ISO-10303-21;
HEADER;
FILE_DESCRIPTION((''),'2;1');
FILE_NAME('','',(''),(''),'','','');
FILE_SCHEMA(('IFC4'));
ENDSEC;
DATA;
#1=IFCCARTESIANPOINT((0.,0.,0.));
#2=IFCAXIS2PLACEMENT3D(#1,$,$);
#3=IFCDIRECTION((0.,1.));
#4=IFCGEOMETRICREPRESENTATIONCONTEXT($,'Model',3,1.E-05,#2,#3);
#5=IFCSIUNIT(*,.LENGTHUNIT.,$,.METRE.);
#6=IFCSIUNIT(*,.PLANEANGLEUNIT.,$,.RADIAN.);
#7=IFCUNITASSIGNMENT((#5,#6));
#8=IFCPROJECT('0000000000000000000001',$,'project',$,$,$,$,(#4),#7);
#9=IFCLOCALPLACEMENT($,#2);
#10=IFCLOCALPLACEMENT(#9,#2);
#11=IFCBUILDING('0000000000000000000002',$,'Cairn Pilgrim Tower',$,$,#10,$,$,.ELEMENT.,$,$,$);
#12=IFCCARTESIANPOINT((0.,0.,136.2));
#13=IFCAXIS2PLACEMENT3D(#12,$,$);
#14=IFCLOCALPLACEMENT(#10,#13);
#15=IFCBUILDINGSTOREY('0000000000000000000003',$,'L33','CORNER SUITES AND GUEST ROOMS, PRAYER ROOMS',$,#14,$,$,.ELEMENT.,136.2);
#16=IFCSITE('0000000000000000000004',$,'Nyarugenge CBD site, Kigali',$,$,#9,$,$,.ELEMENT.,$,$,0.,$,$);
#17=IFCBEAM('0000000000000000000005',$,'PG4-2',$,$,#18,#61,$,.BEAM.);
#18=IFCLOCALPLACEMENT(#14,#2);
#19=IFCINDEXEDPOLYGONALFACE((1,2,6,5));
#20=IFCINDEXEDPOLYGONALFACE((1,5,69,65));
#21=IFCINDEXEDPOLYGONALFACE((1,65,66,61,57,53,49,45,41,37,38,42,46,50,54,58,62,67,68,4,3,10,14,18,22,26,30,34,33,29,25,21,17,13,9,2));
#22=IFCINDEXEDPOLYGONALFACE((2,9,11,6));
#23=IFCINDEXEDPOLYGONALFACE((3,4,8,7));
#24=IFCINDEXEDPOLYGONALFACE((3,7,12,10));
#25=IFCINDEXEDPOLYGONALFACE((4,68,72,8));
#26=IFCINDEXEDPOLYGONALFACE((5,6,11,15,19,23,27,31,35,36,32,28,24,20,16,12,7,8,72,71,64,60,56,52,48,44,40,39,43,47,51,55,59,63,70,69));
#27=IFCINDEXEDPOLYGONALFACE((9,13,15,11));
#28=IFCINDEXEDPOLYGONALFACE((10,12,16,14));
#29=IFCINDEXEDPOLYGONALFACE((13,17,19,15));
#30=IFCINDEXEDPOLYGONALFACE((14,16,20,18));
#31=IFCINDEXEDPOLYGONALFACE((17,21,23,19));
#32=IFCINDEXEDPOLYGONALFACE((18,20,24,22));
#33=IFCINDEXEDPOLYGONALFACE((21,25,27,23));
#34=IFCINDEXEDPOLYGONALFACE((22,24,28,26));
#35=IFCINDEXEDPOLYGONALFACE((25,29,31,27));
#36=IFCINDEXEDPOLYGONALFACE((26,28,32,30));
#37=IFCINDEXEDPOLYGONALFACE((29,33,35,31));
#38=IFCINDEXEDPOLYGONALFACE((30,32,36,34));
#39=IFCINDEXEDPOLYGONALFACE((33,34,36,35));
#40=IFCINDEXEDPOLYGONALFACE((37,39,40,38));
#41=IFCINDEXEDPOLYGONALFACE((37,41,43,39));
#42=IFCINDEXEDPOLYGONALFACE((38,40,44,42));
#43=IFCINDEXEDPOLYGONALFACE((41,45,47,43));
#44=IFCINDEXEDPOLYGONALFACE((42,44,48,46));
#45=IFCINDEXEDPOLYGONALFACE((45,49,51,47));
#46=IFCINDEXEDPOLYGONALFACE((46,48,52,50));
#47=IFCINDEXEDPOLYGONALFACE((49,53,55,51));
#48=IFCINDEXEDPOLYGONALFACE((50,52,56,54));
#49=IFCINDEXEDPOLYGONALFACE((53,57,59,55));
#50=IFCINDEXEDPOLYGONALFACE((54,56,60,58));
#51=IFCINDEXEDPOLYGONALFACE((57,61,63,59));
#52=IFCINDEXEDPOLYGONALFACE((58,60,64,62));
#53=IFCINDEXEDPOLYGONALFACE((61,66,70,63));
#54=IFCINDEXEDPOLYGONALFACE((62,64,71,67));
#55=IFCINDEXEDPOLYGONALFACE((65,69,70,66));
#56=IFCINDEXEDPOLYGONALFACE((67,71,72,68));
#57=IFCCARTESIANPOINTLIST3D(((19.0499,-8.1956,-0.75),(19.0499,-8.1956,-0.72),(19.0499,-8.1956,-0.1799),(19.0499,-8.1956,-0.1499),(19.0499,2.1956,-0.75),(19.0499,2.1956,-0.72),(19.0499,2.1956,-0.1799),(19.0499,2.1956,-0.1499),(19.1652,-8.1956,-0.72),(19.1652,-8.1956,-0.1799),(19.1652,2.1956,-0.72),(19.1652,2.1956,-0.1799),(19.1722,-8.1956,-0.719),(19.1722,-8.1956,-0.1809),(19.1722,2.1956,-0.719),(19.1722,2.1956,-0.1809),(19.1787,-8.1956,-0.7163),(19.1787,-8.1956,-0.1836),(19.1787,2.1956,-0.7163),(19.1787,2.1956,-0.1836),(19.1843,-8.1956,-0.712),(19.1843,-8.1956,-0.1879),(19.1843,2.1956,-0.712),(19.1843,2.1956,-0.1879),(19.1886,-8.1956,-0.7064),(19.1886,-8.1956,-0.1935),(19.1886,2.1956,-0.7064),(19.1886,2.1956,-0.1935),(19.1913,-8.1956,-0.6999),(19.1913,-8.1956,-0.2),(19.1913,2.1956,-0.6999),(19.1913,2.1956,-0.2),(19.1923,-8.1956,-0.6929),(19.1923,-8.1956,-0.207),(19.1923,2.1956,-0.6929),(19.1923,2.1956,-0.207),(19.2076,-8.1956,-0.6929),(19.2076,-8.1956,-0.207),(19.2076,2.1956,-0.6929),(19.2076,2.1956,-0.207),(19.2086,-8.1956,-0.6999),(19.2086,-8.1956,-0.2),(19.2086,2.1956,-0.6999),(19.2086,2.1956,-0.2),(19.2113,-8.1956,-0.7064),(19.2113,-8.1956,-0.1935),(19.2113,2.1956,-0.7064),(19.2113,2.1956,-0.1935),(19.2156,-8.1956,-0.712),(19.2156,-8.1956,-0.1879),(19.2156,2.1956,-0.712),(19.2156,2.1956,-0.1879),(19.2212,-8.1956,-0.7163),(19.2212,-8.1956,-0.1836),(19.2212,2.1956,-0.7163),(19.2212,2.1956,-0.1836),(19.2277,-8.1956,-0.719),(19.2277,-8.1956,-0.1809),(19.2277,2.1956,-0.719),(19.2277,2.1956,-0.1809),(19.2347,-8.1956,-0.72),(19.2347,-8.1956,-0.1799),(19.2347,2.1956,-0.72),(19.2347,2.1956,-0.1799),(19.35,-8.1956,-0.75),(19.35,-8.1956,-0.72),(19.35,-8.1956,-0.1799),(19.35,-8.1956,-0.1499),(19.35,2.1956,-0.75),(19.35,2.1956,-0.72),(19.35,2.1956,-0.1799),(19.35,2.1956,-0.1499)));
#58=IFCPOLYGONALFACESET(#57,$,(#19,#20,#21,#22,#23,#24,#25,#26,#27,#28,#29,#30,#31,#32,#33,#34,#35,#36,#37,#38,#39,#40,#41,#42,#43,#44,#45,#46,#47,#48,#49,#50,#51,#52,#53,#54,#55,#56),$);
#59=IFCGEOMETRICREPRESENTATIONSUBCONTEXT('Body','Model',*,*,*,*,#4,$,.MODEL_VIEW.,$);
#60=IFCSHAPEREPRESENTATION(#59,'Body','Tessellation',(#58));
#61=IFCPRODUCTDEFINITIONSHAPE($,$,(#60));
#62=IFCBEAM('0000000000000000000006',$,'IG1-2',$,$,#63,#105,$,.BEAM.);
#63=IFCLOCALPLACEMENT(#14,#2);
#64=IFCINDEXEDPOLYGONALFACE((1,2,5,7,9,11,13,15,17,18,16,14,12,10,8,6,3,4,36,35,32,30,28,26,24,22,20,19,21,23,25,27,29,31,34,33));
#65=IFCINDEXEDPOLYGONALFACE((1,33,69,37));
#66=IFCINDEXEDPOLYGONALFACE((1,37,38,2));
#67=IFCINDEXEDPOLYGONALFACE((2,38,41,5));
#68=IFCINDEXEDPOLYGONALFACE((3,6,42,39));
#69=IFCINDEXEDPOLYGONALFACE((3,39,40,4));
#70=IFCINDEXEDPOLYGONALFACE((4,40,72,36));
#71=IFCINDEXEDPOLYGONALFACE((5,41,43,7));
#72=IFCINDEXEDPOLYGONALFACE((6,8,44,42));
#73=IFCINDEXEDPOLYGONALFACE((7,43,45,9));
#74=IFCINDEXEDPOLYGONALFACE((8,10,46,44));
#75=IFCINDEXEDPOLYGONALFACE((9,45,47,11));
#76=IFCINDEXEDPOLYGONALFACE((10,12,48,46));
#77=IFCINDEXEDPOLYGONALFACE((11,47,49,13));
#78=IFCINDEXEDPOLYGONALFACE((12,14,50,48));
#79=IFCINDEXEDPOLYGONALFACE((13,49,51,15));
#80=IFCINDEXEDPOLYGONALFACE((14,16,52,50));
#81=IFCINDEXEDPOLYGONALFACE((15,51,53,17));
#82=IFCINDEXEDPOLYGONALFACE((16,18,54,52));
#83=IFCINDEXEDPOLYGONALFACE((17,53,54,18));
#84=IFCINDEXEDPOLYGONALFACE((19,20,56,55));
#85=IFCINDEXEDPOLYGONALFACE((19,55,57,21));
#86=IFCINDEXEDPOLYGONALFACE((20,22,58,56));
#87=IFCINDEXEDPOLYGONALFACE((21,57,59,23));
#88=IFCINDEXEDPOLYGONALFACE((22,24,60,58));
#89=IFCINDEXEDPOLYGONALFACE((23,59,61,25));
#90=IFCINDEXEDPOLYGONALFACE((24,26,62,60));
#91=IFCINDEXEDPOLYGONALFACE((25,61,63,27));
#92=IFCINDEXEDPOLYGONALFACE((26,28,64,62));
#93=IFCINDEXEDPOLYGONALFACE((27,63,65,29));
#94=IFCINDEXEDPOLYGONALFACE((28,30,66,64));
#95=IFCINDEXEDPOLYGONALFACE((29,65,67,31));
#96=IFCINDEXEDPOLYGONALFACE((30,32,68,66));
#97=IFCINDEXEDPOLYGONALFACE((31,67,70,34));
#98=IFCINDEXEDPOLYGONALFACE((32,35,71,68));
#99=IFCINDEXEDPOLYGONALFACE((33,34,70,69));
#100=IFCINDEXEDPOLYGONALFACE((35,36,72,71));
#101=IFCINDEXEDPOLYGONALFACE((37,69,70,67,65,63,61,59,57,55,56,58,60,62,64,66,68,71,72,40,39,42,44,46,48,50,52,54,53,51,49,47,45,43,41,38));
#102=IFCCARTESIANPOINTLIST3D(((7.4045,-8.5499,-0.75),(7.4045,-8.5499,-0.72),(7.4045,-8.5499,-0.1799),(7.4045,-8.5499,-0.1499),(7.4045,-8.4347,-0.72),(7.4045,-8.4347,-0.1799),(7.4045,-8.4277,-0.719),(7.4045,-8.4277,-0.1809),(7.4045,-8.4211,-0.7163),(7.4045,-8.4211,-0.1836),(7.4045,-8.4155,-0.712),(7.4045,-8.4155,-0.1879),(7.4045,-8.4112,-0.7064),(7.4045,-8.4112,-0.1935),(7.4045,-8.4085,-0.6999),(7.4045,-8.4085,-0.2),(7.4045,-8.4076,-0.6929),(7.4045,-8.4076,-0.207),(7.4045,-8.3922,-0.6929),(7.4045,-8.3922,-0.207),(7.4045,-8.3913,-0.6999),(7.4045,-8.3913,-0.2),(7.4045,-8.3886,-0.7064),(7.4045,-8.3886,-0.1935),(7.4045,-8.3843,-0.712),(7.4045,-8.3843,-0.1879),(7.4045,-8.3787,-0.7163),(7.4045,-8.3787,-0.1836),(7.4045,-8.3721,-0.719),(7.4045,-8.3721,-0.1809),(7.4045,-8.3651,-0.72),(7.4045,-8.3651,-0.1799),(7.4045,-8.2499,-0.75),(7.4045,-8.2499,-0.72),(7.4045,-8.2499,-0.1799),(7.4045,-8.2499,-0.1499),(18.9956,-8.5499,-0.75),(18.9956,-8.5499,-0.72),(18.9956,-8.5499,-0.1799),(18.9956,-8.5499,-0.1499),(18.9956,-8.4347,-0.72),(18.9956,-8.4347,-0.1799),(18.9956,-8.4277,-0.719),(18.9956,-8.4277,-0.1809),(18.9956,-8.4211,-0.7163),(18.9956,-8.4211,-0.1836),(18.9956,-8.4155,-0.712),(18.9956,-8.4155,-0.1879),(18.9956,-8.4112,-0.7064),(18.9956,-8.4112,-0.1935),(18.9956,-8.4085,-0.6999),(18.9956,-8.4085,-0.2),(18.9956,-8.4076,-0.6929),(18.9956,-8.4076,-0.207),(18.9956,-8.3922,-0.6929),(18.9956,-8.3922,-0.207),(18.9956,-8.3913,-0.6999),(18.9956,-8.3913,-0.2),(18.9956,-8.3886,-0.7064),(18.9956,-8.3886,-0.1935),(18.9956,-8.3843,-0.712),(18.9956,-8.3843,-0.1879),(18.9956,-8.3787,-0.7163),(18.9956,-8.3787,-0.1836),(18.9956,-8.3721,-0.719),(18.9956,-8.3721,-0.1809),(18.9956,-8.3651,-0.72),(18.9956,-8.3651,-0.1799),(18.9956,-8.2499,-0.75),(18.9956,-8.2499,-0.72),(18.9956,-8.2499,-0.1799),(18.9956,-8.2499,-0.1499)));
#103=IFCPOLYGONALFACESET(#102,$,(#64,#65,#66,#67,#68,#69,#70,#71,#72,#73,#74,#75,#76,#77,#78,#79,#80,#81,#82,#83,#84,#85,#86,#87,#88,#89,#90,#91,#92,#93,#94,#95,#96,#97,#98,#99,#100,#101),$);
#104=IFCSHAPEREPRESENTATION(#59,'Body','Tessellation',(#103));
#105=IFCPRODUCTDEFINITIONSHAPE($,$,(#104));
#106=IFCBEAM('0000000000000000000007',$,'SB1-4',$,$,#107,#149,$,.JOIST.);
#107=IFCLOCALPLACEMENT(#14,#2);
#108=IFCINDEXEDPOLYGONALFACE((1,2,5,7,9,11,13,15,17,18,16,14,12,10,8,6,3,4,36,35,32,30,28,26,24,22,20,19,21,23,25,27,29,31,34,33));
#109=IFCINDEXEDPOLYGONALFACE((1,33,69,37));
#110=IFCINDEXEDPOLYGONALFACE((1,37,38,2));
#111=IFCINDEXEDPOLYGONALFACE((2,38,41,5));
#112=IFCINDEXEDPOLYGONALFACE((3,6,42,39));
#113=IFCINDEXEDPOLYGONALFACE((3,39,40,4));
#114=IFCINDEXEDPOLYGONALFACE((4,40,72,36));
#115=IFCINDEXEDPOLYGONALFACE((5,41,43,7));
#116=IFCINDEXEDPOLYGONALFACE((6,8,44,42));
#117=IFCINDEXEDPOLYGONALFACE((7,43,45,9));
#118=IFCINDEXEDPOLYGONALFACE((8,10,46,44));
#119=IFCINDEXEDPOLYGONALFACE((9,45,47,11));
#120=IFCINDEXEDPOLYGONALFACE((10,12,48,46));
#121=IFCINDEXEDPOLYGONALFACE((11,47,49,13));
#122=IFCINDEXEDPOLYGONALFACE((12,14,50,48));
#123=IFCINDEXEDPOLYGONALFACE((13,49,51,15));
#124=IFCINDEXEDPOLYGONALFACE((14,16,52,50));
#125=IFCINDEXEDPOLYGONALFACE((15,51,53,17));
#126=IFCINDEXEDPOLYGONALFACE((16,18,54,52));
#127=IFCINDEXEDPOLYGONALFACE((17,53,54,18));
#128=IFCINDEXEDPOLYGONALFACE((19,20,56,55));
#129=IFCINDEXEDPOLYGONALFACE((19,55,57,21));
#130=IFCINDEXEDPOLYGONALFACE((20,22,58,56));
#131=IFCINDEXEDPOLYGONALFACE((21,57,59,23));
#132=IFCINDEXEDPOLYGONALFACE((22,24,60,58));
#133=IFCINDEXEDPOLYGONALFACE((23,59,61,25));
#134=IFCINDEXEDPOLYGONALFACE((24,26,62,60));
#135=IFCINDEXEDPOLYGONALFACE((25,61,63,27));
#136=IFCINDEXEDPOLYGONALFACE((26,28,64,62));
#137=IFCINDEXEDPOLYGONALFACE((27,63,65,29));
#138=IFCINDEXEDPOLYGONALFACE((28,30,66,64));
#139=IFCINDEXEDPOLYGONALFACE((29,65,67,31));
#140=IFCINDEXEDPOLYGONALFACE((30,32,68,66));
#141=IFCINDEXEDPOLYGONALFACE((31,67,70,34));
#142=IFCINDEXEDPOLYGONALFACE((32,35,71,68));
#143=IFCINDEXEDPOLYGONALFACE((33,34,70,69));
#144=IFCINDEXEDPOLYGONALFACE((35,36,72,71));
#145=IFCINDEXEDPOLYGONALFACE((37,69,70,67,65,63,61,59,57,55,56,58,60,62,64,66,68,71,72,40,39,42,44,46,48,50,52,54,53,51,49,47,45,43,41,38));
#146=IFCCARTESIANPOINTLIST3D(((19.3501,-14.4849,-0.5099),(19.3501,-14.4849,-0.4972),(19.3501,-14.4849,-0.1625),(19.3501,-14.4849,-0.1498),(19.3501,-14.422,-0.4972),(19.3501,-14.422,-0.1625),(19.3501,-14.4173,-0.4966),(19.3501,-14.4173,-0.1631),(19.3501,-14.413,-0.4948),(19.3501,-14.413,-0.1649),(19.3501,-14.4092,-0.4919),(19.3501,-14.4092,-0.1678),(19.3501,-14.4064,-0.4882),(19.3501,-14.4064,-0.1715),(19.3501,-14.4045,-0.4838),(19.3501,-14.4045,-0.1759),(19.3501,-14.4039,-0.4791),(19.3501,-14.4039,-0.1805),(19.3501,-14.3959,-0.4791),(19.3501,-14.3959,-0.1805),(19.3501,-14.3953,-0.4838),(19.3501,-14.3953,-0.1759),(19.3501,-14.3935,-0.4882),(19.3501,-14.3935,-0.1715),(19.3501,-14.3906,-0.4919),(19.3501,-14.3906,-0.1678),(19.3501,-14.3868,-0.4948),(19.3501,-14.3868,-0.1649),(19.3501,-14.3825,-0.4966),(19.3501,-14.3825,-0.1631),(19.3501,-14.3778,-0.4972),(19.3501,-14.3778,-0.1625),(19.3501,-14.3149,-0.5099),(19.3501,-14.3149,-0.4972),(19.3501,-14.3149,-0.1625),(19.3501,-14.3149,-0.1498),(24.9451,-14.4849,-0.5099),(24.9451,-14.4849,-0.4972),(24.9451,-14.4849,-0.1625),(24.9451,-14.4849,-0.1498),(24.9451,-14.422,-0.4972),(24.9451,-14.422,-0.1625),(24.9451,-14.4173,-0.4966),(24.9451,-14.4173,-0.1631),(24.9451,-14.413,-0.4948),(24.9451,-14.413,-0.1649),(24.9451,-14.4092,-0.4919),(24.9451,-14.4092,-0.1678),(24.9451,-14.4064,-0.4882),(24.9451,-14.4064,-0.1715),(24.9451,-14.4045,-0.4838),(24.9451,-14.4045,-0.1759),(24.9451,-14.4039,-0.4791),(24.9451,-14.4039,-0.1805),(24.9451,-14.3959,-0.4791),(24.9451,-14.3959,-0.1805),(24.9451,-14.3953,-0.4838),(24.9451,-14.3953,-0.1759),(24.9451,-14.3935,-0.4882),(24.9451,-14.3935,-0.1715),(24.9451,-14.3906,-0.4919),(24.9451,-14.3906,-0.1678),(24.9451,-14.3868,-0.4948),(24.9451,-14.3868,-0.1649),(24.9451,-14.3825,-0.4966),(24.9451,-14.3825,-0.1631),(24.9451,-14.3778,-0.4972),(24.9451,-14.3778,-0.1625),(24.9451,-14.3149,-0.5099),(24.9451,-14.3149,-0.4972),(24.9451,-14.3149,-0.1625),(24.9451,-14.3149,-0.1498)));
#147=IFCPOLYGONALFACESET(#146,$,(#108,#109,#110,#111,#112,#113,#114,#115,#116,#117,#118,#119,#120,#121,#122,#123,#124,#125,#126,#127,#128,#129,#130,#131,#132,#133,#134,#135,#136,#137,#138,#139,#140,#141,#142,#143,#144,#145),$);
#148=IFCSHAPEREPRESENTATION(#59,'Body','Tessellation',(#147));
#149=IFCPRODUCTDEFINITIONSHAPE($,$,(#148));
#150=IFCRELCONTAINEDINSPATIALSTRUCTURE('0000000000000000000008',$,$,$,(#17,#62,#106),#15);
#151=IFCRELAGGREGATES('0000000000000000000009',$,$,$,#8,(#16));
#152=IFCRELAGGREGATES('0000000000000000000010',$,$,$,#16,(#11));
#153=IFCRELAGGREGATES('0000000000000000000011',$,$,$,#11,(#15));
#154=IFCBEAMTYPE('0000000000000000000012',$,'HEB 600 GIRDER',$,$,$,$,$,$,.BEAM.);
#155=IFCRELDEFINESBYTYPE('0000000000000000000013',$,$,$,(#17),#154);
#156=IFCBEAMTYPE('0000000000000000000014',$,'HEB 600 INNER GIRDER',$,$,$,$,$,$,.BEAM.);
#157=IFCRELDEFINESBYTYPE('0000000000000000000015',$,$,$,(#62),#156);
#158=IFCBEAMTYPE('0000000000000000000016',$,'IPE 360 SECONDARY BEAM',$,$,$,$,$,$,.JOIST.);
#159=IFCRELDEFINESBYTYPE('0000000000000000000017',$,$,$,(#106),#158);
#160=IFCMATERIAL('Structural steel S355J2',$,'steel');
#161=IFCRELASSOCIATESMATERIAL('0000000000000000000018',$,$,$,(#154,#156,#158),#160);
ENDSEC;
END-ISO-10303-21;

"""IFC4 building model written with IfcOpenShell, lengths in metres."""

from ifc_helpers import new_model, si_unit, direction, frame, origin, origin_2d, place, context, subcontext, project, spatial, i_section, extrude, material, material_profile, profile_set, type_object, element, save


model = new_model("IFC4")

# Units and contexts
model_context = context("Model", 3, precision=1e-05, world=origin(), true_north=direction((0.0, 1.0)))
body_context = subcontext(model_context, "Body", "Model", "MODEL_VIEW")
ifc_project = project(units=[si_unit("LENGTHUNIT", "METRE"), si_unit("PLANEANGLEUNIT", "RADIAN")], contexts=[model_context])

# Site, building, storey
site_placement = place(None, origin())
site = spatial("IfcSite", under=ifc_project, at=site_placement, Name="Nyarugenge CBD site, Kigali", CompositionType="ELEMENT", RefElevation=0.0)
building_placement = place(site_placement, origin())
building = spatial("IfcBuilding", under=site, at=building_placement, Name="Cairn Pilgrim Tower", CompositionType="ELEMENT")
storey_placement = place(building_placement, frame((0.0, 0.0, 136.2)))
storey = spatial("IfcBuildingStorey", under=building, at=storey_placement, Name="L33", Description="CORNER SUITES AND GUEST ROOMS, PRAYER ROOMS", CompositionType="ELEMENT", Elevation=136.2)

# Beams
ifc_material_1 = material(Name="Structural steel S355J2", Category="steel")
ifc_material_profile_1 = material_profile(ifc_material_1, i_section(OverallWidth=0.3, OverallDepth=0.6001, WebThickness=0.0154, FlangeThickness=0.03, FilletRadius=0.0271, at=origin_2d()), Name="HEB 600")
ifc_profile_set_1 = profile_set([ifc_material_profile_1], Name="Structural steel S355J2")
beam_type_1 = type_object("IfcBeamType", Name="HEB 600 GIRDER", PredefinedType="BEAM", material=ifc_profile_set_1)
beam_1_placement = place(storey_placement, frame((19.2, -8.1956, -0.45), z_axis=(0.0, 1.0, 0.0), x_axis=(-1.0, 0.0, 0.0)))
element("IfcBeam", 1, at=beam_1_placement, inside=storey, type_object=beam_type_1, Name="PG4-2", PredefinedType="BEAM", context=body_context, shape_type="SweptSolid", body=[
    extrude(i_section(OverallWidth=0.3, OverallDepth=0.6001, WebThickness=0.0154, FlangeThickness=0.03, FilletRadius=0.0271, at=origin_2d()), origin(), (0.0, 0.0, 1.0), 10.3911),
])
ifc_material_profile_2 = material_profile(ifc_material_1, i_section(OverallWidth=0.3, OverallDepth=0.6001, WebThickness=0.0154, FlangeThickness=0.03, FilletRadius=0.0271, at=origin_2d()), Name="HEB 600")
ifc_profile_set_2 = profile_set([ifc_material_profile_2], Name="Structural steel S355J2")
beam_type_2 = type_object("IfcBeamType", Name="HEB 600 INNER GIRDER", PredefinedType="BEAM", material=ifc_profile_set_2)
beam_2_placement = place(storey_placement, frame((7.4045, -8.3999, -0.45), z_axis=(1.0, 0.0, 0.0), x_axis=(0.0, 1.0, 0.0)))
element("IfcBeam", 2, at=beam_2_placement, inside=storey, type_object=beam_type_2, Name="IG1-2", PredefinedType="BEAM", context=body_context, shape_type="SweptSolid", body=[
    extrude(i_section(OverallWidth=0.3, OverallDepth=0.6001, WebThickness=0.0154, FlangeThickness=0.03, FilletRadius=0.0271, at=origin_2d()), origin(), (0.0, 0.0, 1.0), 11.5911),
])
ifc_material_profile_3 = material_profile(ifc_material_1, i_section(OverallWidth=0.1699, OverallDepth=0.3601, WebThickness=0.0081, FlangeThickness=0.0127, FilletRadius=0.0181, at=origin_2d()), Name="IPE 360")
ifc_profile_set_3 = profile_set([ifc_material_profile_3], Name="Structural steel S355J2")
beam_type_3 = type_object("IfcBeamType", Name="IPE 360 SECONDARY BEAM", PredefinedType="JOIST", material=ifc_profile_set_3)
beam_3_placement = place(storey_placement, frame((19.3501, -14.3999, -0.3298), z_axis=(1.0, 0.0, 0.0), x_axis=(0.0, 1.0, 0.0)))
element("IfcBeam", 3, at=beam_3_placement, inside=storey, type_object=beam_type_3, Name="SB1-4", PredefinedType="JOIST", context=body_context, shape_type="SweptSolid", body=[
    extrude(i_section(OverallWidth=0.1699, OverallDepth=0.3601, WebThickness=0.0081, FlangeThickness=0.0127, FilletRadius=0.0181, at=origin_2d()), origin(), (0.0, 0.0, 1.0), 5.595),
])

save(model, "model.ifc")
